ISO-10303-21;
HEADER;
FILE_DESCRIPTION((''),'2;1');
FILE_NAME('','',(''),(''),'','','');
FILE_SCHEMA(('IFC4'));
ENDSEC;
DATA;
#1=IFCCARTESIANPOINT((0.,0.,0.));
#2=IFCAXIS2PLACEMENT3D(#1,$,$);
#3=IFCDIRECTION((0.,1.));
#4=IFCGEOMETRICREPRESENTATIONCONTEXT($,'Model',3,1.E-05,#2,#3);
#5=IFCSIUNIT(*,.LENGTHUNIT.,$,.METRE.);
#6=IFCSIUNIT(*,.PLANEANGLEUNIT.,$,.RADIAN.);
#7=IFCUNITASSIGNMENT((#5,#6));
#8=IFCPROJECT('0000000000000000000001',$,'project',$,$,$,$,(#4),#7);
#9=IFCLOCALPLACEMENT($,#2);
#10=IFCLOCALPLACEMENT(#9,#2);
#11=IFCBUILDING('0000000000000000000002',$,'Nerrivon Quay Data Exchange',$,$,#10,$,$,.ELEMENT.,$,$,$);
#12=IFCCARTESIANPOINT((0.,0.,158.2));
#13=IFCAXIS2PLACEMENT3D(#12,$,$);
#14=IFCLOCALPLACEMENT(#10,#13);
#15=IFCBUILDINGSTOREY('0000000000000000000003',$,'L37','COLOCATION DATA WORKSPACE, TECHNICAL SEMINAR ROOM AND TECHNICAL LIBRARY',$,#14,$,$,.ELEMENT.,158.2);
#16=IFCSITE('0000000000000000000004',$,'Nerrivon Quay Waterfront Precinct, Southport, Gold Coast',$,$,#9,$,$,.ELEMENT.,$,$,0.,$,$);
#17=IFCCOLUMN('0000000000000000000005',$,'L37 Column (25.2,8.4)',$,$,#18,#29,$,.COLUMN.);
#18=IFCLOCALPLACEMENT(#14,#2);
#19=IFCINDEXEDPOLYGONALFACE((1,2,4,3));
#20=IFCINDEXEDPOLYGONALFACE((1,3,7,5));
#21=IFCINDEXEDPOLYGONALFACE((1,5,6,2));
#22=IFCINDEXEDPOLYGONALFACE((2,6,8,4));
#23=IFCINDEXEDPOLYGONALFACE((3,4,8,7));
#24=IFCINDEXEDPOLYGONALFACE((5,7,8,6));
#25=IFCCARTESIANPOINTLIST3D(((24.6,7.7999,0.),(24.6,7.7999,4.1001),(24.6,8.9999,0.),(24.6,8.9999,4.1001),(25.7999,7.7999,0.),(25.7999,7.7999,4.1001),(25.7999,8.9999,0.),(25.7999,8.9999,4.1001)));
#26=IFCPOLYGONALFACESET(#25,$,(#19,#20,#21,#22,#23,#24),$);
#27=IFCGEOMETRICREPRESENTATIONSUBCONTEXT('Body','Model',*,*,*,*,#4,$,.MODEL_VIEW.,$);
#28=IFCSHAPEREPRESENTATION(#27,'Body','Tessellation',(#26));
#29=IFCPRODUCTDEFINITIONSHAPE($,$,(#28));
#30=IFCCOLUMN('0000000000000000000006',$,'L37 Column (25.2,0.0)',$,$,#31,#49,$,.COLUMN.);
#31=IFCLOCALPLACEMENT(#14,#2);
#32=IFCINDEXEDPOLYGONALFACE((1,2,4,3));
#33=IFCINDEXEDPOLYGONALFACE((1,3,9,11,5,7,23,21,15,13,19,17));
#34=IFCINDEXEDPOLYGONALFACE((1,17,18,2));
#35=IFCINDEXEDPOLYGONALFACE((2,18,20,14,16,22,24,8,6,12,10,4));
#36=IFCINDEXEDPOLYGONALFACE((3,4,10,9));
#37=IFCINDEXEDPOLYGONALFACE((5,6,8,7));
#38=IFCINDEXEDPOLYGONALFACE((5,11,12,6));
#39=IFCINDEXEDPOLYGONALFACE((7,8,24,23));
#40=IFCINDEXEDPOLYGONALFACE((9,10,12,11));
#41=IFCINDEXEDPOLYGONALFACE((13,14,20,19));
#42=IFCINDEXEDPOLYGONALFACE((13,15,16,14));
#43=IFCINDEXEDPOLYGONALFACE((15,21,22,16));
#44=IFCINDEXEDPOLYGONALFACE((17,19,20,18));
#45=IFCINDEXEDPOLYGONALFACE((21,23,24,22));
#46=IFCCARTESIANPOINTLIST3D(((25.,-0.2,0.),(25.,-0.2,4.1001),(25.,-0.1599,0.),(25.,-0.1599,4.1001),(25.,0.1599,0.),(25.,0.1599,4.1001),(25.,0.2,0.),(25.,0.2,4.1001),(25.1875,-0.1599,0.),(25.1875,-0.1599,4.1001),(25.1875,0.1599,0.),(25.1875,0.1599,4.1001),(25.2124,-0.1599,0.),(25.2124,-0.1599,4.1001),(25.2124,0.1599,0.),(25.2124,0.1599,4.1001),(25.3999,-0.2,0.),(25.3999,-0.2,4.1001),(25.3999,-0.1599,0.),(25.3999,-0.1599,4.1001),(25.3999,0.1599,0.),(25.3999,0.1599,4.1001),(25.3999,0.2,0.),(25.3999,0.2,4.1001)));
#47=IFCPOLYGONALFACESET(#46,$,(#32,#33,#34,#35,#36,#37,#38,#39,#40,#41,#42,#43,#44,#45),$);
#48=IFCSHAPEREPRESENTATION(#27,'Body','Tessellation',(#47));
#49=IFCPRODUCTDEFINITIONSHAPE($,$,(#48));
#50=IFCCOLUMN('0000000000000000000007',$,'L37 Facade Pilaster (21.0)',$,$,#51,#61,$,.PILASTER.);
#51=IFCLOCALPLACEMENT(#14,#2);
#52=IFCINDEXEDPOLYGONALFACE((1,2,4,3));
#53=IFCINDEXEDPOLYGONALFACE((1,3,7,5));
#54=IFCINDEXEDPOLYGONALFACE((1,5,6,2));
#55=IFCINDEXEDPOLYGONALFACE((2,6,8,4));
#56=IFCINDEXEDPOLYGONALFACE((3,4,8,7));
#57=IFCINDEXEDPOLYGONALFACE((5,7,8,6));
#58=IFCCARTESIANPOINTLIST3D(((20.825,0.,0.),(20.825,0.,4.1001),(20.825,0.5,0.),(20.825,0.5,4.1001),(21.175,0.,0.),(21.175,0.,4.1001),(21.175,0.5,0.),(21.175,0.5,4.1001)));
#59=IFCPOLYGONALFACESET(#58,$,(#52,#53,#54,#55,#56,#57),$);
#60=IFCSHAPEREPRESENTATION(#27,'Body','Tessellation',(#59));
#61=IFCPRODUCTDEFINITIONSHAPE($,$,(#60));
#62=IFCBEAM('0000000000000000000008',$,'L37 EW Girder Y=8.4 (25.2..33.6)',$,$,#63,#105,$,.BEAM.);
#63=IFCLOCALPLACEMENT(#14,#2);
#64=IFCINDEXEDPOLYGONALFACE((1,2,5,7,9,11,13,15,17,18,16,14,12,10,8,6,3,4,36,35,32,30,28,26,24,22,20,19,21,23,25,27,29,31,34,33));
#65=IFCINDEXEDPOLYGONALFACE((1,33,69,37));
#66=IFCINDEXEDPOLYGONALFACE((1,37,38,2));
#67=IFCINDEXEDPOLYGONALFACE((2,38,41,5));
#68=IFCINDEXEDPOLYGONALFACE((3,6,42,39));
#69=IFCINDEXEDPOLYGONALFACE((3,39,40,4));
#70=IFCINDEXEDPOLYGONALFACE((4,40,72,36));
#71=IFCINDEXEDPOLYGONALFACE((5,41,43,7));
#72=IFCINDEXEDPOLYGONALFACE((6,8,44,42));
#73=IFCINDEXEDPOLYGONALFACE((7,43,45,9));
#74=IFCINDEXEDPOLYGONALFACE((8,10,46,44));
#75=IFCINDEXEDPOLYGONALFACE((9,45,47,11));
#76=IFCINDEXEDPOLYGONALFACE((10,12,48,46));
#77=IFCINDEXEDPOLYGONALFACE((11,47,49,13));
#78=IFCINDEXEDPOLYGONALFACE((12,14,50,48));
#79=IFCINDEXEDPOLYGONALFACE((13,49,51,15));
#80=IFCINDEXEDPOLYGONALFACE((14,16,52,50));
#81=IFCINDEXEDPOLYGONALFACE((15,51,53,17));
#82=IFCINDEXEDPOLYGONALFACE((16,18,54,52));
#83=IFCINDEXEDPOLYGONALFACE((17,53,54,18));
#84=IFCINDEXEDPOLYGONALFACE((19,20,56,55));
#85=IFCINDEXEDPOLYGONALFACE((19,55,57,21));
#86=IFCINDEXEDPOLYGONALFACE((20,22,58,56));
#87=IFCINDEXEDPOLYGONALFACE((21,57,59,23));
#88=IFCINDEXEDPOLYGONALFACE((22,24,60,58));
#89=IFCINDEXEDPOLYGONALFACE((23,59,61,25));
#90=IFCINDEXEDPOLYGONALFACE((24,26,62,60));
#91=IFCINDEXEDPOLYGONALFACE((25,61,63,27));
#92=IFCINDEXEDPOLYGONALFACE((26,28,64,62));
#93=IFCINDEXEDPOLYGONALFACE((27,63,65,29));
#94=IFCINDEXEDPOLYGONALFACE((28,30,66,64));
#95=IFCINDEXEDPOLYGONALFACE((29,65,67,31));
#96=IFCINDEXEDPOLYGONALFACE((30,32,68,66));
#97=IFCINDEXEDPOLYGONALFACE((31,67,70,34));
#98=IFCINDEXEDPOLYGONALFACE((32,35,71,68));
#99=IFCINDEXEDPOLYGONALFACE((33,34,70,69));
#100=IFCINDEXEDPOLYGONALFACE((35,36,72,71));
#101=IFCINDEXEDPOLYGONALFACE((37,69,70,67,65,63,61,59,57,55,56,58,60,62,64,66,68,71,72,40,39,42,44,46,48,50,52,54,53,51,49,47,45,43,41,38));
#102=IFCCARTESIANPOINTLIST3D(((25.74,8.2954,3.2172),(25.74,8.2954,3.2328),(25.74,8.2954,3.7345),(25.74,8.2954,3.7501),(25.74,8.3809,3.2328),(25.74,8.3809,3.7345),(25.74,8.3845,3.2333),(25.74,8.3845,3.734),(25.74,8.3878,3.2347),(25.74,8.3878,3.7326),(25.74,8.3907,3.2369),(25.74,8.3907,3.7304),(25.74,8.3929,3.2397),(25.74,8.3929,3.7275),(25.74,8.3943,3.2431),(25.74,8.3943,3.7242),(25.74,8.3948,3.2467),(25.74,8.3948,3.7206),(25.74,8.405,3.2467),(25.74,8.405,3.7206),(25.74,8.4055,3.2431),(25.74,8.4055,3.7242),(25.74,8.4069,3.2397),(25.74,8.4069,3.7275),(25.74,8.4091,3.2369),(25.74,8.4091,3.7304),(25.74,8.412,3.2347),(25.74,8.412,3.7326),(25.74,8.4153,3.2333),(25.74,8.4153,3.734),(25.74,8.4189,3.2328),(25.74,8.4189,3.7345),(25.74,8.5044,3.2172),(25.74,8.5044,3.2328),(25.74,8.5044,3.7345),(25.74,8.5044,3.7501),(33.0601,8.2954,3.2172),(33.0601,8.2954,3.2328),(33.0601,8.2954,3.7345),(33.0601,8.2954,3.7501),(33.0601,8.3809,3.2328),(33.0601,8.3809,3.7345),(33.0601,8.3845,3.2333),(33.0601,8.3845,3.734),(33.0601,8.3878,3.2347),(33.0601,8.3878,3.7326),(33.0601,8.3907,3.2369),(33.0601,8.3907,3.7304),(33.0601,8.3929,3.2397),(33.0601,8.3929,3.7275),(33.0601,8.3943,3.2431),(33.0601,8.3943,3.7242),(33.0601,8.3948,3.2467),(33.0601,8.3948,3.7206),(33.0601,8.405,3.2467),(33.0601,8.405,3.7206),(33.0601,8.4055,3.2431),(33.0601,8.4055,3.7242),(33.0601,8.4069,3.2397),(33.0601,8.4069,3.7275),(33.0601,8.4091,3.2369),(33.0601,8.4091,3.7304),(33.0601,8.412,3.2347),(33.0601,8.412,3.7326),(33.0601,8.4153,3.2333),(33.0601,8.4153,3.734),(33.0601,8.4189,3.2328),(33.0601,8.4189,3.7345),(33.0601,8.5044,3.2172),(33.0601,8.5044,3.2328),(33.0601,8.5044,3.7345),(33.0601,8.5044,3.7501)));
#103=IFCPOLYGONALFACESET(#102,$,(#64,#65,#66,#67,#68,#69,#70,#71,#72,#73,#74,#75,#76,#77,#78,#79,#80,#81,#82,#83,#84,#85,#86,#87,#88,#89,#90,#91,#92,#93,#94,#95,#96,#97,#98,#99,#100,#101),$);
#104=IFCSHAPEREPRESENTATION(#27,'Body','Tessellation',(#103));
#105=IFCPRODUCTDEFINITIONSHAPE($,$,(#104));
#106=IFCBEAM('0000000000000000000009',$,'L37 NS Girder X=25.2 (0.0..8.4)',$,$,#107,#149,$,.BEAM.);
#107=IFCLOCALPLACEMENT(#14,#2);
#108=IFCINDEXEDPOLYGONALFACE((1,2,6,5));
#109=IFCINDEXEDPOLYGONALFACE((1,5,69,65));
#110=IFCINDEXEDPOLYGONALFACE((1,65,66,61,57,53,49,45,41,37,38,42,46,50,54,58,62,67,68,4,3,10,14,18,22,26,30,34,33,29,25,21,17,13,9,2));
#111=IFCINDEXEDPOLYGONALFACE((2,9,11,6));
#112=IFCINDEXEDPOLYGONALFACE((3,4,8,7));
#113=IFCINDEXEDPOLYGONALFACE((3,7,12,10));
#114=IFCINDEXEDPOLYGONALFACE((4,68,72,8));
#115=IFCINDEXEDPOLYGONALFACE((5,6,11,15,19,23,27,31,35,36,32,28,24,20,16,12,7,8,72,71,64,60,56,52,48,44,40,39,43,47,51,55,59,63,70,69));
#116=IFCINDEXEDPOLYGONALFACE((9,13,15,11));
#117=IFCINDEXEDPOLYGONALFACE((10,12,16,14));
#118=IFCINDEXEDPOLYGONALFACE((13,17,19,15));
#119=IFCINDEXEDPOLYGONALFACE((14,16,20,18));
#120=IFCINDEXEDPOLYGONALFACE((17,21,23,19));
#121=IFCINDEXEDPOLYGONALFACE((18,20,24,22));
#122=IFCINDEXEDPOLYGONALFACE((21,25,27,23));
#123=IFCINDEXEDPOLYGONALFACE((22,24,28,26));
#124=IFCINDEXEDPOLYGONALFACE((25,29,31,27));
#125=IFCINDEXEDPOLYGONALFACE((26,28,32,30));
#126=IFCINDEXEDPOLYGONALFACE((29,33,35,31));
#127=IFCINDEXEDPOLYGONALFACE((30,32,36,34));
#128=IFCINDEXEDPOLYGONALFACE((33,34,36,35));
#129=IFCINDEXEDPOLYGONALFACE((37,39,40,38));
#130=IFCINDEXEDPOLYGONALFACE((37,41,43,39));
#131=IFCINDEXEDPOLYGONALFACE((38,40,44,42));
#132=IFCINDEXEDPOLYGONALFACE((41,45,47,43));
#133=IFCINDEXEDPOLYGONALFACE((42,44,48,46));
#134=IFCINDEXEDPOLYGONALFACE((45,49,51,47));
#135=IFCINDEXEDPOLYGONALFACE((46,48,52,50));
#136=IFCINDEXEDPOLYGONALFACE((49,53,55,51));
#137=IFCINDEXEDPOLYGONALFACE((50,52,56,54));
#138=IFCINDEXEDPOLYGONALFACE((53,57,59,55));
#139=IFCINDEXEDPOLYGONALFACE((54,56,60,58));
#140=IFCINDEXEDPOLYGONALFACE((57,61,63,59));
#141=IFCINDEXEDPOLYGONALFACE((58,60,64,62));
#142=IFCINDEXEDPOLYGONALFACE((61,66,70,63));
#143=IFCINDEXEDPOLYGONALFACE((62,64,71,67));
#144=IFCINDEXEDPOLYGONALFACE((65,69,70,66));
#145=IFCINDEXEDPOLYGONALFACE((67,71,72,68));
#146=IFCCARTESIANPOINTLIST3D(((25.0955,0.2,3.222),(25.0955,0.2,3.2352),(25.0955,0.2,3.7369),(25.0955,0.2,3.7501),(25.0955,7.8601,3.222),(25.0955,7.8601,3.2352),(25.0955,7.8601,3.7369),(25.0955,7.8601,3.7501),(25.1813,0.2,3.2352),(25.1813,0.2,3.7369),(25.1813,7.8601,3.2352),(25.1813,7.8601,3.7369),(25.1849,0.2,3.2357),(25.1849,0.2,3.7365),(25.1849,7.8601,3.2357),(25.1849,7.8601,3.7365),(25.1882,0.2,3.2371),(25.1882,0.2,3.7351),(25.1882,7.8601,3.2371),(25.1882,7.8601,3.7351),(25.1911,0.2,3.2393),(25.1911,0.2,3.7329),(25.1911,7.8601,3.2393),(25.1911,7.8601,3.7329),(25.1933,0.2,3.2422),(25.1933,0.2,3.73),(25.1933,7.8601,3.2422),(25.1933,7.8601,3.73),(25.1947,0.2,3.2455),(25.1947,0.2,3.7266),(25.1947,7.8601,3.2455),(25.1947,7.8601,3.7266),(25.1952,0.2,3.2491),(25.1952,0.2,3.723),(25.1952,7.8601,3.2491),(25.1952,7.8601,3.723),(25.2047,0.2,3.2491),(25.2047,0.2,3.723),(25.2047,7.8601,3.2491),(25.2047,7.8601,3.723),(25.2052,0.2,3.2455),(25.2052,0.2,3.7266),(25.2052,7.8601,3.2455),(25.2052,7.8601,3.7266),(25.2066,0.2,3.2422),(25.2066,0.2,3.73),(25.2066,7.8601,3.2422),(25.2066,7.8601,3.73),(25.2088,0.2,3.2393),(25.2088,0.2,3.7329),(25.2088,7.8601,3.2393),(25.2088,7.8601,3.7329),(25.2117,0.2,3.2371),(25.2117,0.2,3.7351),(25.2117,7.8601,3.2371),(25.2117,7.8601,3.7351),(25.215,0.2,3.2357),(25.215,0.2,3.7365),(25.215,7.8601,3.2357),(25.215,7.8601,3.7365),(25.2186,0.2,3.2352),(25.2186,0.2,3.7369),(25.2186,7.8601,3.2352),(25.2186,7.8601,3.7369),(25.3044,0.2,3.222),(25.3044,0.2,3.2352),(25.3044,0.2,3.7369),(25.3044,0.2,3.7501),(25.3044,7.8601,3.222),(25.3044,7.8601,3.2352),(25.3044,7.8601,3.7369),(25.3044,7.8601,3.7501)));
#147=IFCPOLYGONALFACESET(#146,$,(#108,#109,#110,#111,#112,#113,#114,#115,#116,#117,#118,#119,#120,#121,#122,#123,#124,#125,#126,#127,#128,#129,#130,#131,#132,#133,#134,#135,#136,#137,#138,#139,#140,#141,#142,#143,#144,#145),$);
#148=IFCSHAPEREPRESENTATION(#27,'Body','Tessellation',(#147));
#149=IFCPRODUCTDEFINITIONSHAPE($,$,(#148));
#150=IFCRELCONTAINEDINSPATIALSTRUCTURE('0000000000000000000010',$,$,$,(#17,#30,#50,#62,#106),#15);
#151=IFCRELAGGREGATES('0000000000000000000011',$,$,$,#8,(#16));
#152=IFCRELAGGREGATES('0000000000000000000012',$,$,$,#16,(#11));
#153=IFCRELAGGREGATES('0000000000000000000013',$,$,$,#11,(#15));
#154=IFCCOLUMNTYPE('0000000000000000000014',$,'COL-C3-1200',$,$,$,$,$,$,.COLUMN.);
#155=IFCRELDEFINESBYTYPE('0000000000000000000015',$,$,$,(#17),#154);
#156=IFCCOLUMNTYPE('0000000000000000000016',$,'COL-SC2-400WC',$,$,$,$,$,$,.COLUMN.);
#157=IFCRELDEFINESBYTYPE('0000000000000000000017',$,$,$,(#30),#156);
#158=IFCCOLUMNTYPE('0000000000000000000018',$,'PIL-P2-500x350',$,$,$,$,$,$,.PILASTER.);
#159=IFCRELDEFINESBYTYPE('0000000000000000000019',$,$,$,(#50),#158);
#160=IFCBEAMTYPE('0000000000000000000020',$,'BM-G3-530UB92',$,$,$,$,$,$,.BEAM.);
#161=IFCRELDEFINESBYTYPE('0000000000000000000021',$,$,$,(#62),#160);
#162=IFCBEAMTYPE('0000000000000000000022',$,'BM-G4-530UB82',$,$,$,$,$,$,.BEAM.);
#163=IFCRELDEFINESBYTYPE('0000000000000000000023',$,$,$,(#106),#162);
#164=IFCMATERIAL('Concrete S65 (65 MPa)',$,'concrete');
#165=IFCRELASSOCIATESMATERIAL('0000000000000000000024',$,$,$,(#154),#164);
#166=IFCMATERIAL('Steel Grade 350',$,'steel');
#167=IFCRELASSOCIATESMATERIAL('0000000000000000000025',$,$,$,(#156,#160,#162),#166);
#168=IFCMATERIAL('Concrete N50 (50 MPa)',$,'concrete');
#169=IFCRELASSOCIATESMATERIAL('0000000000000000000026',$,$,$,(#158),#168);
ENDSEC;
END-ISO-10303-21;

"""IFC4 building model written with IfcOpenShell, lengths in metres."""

from ifc_helpers import new_model, si_unit, direction, frame, origin, origin_2d, place, context, subcontext, project, spatial, rectangle, i_section, extrude, material, material_profile, profile_set, type_object, element, save


model = new_model("IFC4")

# Units and contexts
model_context = context("Model", 3, precision=1e-05, world=origin(), true_north=direction((0.0, 1.0)))
body_context = subcontext(model_context, "Body", "Model", "MODEL_VIEW")
ifc_project = project(units=[si_unit("LENGTHUNIT", "METRE"), si_unit("PLANEANGLEUNIT", "RADIAN")], contexts=[model_context])

# Site, building, storey
site_placement = place(None, origin())
site = spatial("IfcSite", under=ifc_project, at=site_placement, Name="Nerrivon Quay Waterfront Precinct, Southport, Gold Coast", CompositionType="ELEMENT", RefElevation=0.0)
building_placement = place(site_placement, origin())
building = spatial("IfcBuilding", under=site, at=building_placement, Name="Nerrivon Quay Data Exchange", CompositionType="ELEMENT")
storey_placement = place(building_placement, frame((0.0, 0.0, 158.2)))
storey = spatial("IfcBuildingStorey", under=building, at=storey_placement, Name="L37", Description="COLOCATION DATA WORKSPACE, TECHNICAL SEMINAR ROOM AND TECHNICAL LIBRARY", CompositionType="ELEMENT", Elevation=158.2)

# Columns
ifc_material_1 = material(Name="Concrete S65 (65 MPa)", Category="concrete")
ifc_material_profile_1 = material_profile(ifc_material_1, rectangle(XDim=1.2, YDim=1.2, at=origin_2d()), Name="RC-COL-1200x1200")
ifc_profile_set_1 = profile_set([ifc_material_profile_1], Name="Concrete S65 (65 MPa)")
column_type_1 = type_object("IfcColumnType", Name="COL-C3-1200", PredefinedType="COLUMN", material=ifc_profile_set_1)
column_1_placement = place(storey_placement, frame((25.2, 8.3999, 0.0), z_axis=(0.0, 0.0, 1.0), x_axis=(1.0, 0.0, 0.0)))
element("IfcColumn", 1, at=column_1_placement, inside=storey, type_object=column_type_1, Name="L37 Column (25.2,8.4)", PredefinedType="COLUMN", context=body_context, shape_type="SweptSolid", body=[
    extrude(rectangle(XDim=1.2, YDim=1.2, at=origin_2d()), origin(), (0.0, 0.0, 1.0), 4.1001),
])
ifc_material_2 = material(Name="Steel Grade 350", Category="steel")
ifc_material_profile_2 = material_profile(ifc_material_2, i_section(OverallWidth=0.3999, OverallDepth=0.3999, WebThickness=0.0249, FlangeThickness=0.04, at=origin_2d()), Name="400WC328")
ifc_profile_set_2 = profile_set([ifc_material_profile_2], Name="Steel Grade 350")
column_type_2 = type_object("IfcColumnType", Name="COL-SC2-400WC", PredefinedType="COLUMN", material=ifc_profile_set_2)
column_2_placement = place(storey_placement, frame((25.2, 0.0, 0.0), z_axis=(0.0, 0.0, 1.0), x_axis=(1.0, 0.0, 0.0)))
element("IfcColumn", 2, at=column_2_placement, inside=storey, type_object=column_type_2, Name="L37 Column (25.2,0.0)", PredefinedType="COLUMN", context=body_context, shape_type="SweptSolid", body=[
    extrude(i_section(OverallWidth=0.3999, OverallDepth=0.3999, WebThickness=0.0249, FlangeThickness=0.04, at=origin_2d()), origin(), (0.0, 0.0, 1.0), 4.1001),
])
ifc_material_3 = material(Name="Concrete N50 (50 MPa)", Category="concrete")
ifc_material_profile_3 = material_profile(ifc_material_3, rectangle(XDim=0.3501, YDim=0.5, at=origin_2d()), Name="RC-PIL-500x350")
ifc_profile_set_3 = profile_set([ifc_material_profile_3], Name="Concrete N50 (50 MPa)")
column_type_3 = type_object("IfcColumnType", Name="PIL-P2-500x350", PredefinedType="PILASTER", material=ifc_profile_set_3)
column_3_placement = place(storey_placement, frame((21.0, 0.25, 0.0), z_axis=(0.0, 0.0, 1.0), x_axis=(1.0, 0.0, 0.0)))
element("IfcColumn", 3, at=column_3_placement, inside=storey, type_object=column_type_3, Name="L37 Facade Pilaster (21.0)", PredefinedType="PILASTER", context=body_context, shape_type="SweptSolid", body=[
    extrude(rectangle(XDim=0.3501, YDim=0.5, at=origin_2d()), origin(), (0.0, 0.0, 1.0), 4.1001),
])

# Beams
ifc_material_profile_4 = material_profile(ifc_material_2, i_section(OverallWidth=0.209, OverallDepth=0.533, WebThickness=0.0103, FlangeThickness=0.0156, FilletRadius=0.0139, at=origin_2d()), Name="530UB92.4")
ifc_profile_set_4 = profile_set([ifc_material_profile_4], Name="Steel Grade 350")
beam_type_1 = type_object("IfcBeamType", Name="BM-G3-530UB92", PredefinedType="BEAM", material=ifc_profile_set_4)
beam_1_placement = place(storey_placement, frame((25.74, 8.3999, 3.4836), z_axis=(1.0, 0.0, 0.0), x_axis=(0.0, 1.0, 0.0)))
element("IfcBeam", 4, at=beam_1_placement, inside=storey, type_object=beam_type_1, Name="L37 EW Girder Y=8.4 (25.2..33.6)", PredefinedType="BEAM", context=body_context, shape_type="SweptSolid", body=[
    extrude(i_section(OverallWidth=0.209, OverallDepth=0.533, WebThickness=0.0103, FlangeThickness=0.0156, FilletRadius=0.0139, at=origin_2d()), origin(), (0.0, 0.0, 1.0), 7.3201),
])
ifc_material_profile_5 = material_profile(ifc_material_2, i_section(OverallWidth=0.209, OverallDepth=0.5281, WebThickness=0.0095, FlangeThickness=0.0132, FilletRadius=0.0139, at=origin_2d()), Name="530UB82.0")
ifc_profile_set_5 = profile_set([ifc_material_profile_5], Name="Steel Grade 350")
beam_type_2 = type_object("IfcBeamType", Name="BM-G4-530UB82", PredefinedType="BEAM", material=ifc_profile_set_5)
beam_2_placement = place(storey_placement, frame((25.2, 0.2, 3.4861), z_axis=(0.0, 1.0, 0.0), x_axis=(-1.0, 0.0, 0.0)))
element("IfcBeam", 5, at=beam_2_placement, inside=storey, type_object=beam_type_2, Name="L37 NS Girder X=25.2 (0.0..8.4)", PredefinedType="BEAM", context=body_context, shape_type="SweptSolid", body=[
    extrude(i_section(OverallWidth=0.209, OverallDepth=0.5281, WebThickness=0.0095, FlangeThickness=0.0132, FilletRadius=0.0139, at=origin_2d()), origin(), (0.0, 0.0, 1.0), 7.6602),
])

save(model, "model.ifc")
